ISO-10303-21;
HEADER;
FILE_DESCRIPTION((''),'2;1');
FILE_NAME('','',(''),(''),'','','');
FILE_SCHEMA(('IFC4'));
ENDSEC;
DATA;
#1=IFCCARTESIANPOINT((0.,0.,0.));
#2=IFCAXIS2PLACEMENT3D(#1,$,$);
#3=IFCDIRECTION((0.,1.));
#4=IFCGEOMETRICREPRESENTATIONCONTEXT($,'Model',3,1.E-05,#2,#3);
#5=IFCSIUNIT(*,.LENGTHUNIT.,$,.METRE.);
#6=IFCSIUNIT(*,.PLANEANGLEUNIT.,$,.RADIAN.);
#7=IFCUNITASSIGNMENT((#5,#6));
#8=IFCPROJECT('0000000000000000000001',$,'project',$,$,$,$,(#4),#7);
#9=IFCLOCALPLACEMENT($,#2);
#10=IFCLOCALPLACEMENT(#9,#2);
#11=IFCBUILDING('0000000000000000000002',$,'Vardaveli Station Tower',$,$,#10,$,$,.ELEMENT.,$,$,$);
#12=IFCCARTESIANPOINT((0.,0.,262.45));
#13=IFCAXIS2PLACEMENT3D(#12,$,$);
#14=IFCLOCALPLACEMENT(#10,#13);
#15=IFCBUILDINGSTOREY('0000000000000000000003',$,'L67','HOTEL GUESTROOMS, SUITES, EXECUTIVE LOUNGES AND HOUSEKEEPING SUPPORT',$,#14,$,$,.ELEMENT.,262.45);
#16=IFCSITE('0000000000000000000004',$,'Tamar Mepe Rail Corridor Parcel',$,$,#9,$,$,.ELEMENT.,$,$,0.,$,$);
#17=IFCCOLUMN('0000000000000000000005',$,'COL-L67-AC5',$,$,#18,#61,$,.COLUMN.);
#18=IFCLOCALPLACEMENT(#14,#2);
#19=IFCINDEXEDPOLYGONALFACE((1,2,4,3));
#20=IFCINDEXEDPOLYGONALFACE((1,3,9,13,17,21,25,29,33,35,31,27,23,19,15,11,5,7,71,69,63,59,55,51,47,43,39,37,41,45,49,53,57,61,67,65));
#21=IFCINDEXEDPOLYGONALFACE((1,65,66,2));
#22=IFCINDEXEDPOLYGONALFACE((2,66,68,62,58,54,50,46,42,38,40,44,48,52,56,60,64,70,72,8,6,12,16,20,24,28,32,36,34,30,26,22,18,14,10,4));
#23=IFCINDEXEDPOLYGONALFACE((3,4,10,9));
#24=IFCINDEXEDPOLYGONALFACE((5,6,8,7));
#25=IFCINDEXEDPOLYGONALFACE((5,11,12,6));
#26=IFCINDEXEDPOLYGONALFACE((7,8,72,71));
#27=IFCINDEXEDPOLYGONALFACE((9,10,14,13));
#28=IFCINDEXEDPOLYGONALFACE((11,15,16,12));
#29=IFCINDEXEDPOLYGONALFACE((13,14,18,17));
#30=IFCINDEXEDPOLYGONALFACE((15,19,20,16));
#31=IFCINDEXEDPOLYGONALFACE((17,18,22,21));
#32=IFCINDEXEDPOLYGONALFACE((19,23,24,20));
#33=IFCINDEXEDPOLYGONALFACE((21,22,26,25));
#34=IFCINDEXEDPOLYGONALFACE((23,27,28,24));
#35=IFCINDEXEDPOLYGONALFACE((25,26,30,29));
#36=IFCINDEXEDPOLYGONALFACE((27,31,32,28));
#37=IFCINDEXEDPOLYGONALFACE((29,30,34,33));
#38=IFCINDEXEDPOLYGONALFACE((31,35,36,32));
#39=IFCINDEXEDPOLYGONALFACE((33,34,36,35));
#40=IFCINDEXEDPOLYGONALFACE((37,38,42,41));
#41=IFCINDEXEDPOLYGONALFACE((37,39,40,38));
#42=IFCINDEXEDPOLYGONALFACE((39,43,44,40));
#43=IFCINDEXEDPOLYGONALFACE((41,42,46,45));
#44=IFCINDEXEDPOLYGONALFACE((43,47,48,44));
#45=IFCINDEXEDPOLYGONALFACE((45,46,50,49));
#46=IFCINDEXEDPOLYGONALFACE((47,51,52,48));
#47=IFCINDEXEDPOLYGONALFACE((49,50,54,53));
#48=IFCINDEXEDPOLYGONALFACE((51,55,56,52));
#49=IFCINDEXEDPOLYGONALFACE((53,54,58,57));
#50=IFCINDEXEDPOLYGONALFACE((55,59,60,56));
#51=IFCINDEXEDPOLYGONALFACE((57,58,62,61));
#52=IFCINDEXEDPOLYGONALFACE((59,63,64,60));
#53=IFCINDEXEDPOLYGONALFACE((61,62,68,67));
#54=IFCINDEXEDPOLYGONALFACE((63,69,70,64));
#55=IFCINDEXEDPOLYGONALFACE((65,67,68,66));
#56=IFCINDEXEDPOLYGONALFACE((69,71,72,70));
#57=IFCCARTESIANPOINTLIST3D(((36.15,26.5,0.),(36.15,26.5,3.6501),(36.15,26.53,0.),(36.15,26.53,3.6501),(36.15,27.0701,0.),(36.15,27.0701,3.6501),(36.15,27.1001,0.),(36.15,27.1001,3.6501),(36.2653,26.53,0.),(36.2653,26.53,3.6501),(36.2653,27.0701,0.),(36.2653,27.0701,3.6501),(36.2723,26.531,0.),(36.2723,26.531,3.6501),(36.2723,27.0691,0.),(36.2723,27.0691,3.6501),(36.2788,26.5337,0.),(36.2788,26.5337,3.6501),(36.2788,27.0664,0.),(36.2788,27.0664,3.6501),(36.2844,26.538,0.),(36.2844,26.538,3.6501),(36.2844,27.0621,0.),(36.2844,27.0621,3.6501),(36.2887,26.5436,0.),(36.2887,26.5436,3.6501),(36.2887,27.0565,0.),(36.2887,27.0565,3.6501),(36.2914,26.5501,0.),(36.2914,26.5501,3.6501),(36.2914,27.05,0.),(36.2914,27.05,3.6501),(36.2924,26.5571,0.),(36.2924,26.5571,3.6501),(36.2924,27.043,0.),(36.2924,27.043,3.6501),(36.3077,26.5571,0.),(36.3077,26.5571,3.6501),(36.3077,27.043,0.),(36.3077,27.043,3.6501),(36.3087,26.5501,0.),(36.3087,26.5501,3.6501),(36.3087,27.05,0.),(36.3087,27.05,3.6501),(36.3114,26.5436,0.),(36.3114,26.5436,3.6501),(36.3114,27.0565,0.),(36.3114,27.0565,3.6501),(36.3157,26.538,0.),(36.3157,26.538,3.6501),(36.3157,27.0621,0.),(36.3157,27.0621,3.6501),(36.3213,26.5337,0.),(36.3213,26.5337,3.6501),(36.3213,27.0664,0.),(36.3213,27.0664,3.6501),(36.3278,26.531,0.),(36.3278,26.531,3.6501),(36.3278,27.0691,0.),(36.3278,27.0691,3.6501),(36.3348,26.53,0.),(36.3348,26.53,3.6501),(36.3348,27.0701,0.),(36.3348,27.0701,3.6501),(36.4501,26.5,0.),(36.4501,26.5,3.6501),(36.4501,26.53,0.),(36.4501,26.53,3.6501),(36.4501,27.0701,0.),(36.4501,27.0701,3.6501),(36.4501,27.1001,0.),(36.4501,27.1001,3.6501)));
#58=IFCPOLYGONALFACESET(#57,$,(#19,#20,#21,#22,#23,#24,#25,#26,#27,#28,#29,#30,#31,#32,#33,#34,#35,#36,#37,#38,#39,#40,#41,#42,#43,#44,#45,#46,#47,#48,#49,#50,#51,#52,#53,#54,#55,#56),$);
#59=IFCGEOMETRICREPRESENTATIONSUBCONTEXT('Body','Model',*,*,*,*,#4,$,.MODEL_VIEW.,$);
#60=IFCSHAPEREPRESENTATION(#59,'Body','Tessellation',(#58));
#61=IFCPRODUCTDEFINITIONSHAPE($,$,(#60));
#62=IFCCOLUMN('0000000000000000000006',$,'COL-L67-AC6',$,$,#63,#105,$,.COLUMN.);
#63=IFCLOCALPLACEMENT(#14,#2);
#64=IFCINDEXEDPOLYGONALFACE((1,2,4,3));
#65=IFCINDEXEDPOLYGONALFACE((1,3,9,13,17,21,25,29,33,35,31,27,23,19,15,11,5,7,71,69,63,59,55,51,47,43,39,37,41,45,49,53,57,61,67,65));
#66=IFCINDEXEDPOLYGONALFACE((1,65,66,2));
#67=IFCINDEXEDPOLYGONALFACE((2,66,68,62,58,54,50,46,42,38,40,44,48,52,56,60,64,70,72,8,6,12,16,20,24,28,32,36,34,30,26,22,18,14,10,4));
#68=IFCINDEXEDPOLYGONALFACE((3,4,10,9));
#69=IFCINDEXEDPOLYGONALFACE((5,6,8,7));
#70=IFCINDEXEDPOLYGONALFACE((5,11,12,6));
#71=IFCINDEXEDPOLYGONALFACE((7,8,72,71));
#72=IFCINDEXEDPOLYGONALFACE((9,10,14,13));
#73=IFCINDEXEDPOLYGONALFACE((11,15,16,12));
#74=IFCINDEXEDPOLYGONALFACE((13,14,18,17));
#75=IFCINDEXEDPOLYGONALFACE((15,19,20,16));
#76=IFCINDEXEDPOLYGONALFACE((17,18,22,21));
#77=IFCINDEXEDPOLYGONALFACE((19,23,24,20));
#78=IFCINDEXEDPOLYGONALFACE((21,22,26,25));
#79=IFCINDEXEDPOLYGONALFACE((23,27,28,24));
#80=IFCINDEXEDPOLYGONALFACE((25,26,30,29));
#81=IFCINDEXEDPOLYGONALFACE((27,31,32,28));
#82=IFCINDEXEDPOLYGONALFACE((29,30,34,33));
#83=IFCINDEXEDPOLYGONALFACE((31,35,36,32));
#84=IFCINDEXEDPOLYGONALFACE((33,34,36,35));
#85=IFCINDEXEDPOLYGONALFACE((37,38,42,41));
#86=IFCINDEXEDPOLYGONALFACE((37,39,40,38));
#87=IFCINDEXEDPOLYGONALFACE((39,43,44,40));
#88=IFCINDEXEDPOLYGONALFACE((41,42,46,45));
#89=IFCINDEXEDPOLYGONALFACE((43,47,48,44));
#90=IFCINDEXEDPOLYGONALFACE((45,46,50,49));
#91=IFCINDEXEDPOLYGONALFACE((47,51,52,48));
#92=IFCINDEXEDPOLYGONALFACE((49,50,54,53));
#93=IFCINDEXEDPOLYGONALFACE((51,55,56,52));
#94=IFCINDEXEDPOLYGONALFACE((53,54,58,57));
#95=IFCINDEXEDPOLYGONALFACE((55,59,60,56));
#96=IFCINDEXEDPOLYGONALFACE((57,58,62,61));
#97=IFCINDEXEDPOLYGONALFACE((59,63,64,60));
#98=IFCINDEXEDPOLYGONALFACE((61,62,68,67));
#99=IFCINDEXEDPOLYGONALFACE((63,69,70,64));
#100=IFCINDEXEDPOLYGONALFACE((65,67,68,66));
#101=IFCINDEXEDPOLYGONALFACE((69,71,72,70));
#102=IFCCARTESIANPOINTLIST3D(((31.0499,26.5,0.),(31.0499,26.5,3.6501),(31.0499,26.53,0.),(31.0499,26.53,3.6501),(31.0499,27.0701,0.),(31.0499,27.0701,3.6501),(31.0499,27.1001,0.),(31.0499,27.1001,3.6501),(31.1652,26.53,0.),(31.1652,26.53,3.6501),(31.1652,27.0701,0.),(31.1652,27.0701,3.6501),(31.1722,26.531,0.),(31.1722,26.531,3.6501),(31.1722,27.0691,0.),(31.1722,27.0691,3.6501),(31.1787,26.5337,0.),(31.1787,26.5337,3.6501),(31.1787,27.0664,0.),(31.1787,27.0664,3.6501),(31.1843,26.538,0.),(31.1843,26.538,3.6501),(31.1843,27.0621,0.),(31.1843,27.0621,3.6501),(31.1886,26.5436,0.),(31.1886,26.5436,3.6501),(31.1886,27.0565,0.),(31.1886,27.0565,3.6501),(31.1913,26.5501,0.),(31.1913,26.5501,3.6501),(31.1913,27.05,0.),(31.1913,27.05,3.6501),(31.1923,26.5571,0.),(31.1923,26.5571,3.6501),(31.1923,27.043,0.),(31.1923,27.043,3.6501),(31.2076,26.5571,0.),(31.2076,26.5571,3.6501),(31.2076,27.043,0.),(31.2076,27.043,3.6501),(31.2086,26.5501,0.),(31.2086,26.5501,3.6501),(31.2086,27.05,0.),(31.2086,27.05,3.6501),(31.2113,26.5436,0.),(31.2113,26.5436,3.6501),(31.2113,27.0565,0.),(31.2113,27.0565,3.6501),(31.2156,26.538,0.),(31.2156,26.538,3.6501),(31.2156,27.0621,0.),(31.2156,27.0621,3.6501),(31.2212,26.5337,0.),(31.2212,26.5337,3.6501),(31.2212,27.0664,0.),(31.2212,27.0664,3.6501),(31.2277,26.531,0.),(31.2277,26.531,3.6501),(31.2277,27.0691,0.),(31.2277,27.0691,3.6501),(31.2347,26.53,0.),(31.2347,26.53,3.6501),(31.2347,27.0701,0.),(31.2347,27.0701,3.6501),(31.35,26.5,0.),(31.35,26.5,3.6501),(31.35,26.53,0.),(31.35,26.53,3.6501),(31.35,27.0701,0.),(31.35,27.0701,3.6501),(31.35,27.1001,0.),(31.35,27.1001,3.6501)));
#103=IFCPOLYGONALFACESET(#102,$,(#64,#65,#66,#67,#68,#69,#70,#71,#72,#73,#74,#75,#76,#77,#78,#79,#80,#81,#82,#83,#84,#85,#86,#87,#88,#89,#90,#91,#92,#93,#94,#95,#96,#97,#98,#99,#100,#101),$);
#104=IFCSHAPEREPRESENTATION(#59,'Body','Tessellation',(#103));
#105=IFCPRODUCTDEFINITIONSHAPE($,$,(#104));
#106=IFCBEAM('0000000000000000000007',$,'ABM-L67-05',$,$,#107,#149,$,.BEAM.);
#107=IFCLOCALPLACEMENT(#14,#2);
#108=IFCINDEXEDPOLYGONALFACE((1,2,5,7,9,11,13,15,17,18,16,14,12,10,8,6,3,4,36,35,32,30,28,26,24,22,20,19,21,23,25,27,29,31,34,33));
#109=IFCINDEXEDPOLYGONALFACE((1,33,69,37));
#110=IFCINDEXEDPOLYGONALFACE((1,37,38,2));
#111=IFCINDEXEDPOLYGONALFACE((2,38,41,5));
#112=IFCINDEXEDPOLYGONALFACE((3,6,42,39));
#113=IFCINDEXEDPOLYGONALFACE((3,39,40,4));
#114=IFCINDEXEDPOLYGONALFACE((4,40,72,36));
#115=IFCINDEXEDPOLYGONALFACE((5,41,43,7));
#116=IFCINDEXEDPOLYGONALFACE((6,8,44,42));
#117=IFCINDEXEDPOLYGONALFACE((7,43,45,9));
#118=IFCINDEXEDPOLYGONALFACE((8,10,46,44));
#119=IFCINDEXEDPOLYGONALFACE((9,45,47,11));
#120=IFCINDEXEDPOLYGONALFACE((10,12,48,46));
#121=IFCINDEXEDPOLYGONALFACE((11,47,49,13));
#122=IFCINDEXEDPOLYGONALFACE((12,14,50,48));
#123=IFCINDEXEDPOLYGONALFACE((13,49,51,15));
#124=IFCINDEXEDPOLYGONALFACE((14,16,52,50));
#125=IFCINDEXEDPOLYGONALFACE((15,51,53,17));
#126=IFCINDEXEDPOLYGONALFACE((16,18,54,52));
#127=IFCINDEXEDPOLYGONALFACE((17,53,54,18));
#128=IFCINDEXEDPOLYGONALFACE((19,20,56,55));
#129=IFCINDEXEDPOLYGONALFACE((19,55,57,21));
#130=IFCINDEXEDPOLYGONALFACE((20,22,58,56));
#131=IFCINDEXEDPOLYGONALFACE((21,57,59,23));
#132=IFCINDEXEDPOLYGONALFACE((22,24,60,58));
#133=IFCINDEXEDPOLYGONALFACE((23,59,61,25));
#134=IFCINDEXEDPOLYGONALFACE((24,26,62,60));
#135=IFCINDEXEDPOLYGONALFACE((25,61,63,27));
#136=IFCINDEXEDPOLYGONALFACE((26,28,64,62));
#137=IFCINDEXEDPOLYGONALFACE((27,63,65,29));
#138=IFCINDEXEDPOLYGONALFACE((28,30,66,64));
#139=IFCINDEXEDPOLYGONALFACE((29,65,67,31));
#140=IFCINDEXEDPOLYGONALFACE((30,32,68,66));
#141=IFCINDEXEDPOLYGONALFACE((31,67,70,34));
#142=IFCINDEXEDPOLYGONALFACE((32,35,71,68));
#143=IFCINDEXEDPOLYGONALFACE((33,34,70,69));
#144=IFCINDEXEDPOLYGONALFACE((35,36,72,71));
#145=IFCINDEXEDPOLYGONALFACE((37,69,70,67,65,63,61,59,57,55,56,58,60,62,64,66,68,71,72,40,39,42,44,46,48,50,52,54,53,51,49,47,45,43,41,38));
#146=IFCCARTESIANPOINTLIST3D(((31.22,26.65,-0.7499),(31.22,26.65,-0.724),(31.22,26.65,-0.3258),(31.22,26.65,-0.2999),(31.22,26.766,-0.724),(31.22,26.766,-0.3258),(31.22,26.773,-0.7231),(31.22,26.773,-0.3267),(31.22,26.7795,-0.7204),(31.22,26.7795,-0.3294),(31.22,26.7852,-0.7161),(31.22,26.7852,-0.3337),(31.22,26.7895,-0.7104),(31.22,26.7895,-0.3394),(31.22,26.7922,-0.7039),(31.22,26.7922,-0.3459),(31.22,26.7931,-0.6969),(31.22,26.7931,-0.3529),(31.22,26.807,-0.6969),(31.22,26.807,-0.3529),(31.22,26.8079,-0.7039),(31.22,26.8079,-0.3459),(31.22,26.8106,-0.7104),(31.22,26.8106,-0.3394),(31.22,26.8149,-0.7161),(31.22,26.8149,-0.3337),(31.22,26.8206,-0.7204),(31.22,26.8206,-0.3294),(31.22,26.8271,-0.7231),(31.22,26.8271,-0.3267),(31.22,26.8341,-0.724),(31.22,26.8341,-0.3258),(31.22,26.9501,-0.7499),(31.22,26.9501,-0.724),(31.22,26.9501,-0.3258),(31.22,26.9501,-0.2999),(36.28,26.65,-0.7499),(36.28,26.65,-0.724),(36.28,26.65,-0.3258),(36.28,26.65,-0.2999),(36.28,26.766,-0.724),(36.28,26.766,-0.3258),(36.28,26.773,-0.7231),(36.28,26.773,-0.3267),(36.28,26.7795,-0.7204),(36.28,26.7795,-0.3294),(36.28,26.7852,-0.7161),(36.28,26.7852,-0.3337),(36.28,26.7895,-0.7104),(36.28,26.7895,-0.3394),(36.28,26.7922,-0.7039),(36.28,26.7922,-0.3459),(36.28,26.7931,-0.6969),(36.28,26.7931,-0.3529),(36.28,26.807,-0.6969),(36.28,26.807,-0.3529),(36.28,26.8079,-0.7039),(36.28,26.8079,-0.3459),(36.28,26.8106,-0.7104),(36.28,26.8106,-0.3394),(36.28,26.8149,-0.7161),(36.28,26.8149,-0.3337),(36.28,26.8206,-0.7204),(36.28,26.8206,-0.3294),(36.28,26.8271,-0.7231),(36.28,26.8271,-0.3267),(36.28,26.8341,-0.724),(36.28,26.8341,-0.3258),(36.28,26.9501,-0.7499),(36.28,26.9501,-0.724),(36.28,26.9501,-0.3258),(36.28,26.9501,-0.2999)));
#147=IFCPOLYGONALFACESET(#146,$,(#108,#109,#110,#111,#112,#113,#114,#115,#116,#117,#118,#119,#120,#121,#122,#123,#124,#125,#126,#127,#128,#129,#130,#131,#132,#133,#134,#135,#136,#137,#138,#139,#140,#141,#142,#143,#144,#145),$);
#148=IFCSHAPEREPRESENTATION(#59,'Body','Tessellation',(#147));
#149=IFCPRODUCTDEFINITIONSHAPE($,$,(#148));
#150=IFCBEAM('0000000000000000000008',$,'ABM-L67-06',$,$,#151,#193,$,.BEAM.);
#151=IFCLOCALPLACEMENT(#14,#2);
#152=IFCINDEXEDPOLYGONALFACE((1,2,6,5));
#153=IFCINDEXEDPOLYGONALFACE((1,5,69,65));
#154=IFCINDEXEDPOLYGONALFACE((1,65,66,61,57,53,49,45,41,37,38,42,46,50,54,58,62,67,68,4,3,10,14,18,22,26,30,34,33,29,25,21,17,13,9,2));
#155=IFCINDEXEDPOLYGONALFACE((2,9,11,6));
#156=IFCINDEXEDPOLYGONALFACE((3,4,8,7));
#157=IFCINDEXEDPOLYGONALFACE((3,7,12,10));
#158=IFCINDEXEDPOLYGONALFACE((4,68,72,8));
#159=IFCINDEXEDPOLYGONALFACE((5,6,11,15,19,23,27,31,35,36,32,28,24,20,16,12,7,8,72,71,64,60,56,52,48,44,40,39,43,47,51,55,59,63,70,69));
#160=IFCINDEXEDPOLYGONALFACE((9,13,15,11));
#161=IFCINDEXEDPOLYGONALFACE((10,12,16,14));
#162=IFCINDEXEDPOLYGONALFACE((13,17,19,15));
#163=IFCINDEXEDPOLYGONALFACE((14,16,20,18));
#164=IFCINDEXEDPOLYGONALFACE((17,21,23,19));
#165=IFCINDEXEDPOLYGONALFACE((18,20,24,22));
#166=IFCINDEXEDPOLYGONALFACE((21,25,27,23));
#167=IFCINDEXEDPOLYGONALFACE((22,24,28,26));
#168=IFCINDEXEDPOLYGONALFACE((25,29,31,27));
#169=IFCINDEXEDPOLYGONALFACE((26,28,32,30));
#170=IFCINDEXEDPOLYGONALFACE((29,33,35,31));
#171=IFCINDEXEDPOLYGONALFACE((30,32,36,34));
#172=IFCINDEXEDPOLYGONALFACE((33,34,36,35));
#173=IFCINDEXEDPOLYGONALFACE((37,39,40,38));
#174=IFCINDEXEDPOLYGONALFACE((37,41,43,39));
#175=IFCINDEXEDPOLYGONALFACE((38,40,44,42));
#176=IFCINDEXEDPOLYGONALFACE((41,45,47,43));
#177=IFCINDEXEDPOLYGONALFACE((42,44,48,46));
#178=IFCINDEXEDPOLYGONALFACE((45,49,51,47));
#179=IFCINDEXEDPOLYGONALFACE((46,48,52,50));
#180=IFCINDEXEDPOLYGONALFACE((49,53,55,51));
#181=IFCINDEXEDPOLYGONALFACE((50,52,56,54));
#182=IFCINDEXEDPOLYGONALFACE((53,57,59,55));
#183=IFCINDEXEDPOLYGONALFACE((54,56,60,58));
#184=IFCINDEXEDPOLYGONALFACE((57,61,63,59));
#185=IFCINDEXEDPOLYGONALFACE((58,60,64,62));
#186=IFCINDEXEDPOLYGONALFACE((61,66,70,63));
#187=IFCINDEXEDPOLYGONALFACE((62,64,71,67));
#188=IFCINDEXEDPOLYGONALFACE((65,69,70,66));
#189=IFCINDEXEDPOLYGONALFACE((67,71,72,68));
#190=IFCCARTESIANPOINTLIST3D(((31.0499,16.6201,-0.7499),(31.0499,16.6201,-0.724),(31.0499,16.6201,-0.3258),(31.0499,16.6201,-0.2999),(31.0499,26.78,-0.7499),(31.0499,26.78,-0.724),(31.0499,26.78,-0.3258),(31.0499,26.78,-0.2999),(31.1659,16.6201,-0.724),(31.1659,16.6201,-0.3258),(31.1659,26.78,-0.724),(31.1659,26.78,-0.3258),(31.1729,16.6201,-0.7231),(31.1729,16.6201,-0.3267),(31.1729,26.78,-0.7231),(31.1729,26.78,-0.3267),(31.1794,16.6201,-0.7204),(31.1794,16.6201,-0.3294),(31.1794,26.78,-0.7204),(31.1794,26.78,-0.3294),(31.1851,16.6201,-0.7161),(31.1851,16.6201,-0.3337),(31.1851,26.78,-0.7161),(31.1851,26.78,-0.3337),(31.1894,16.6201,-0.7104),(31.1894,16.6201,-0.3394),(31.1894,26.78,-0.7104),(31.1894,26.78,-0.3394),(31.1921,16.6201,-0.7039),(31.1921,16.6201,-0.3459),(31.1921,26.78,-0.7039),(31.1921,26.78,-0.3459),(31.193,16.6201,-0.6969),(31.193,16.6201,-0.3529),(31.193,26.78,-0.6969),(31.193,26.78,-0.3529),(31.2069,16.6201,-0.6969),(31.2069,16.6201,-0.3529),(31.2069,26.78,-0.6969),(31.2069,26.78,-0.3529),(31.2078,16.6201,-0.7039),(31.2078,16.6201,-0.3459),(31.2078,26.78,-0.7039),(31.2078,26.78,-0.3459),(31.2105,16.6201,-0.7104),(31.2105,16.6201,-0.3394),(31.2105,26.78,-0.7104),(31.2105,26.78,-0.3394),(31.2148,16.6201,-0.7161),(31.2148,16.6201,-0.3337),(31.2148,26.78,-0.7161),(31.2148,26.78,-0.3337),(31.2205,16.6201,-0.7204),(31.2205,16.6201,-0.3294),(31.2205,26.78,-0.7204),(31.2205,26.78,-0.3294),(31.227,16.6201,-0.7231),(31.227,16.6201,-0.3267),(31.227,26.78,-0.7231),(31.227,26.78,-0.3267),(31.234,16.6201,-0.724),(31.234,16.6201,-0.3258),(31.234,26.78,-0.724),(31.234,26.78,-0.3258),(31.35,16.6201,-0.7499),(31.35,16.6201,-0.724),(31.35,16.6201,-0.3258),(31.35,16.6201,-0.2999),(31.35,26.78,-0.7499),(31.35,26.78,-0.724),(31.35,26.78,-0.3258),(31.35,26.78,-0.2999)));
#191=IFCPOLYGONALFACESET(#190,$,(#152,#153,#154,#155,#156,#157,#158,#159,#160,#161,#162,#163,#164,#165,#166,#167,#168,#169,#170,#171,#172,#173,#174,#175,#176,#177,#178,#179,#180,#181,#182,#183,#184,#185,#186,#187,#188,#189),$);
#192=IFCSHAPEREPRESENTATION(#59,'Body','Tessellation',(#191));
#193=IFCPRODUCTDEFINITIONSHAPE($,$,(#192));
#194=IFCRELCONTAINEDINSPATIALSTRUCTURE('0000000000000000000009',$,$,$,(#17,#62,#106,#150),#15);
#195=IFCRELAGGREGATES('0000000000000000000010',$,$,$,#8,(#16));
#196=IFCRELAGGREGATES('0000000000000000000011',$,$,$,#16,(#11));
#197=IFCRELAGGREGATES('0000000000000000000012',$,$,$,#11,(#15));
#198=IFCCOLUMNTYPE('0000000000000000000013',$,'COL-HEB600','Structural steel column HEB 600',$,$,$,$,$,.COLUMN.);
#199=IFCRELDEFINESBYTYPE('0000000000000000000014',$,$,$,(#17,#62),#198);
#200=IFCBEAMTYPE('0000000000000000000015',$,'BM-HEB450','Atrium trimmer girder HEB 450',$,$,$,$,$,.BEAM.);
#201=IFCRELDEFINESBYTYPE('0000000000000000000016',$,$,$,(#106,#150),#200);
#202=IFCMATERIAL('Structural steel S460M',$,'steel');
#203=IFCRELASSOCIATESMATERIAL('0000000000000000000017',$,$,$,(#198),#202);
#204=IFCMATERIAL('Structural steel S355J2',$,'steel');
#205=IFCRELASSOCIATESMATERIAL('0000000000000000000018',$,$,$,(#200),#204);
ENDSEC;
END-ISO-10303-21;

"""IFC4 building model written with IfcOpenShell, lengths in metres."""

from ifc_helpers import new_model, si_unit, direction, frame, origin, origin_2d, place, context, subcontext, project, spatial, i_section, extrude, source, transform, mapped, material, material_profile, profile_set, type_object, element, save


model = new_model("IFC4")

# Units and contexts
model_context = context("Model", 3, precision=1e-05, world=origin(), true_north=direction((0.0, 1.0)))
body_context = subcontext(model_context, "Body", "Model", "MODEL_VIEW")
ifc_project = project(units=[si_unit("LENGTHUNIT", "METRE"), si_unit("PLANEANGLEUNIT", "RADIAN")], contexts=[model_context])

# Site, building, storey
site_placement = place(None, origin())
site = spatial("IfcSite", under=ifc_project, at=site_placement, Name="Tamar Mepe Rail Corridor Parcel", CompositionType="ELEMENT", RefElevation=0.0)
building_placement = place(site_placement, origin())
building = spatial("IfcBuilding", under=site, at=building_placement, Name="Vardaveli Station Tower", CompositionType="ELEMENT")
storey_placement = place(building_placement, frame((0.0, 0.0, 262.45)))
storey = spatial("IfcBuildingStorey", under=building, at=storey_placement, Name="L67", Description="HOTEL GUESTROOMS, SUITES, EXECUTIVE LOUNGES AND HOUSEKEEPING SUPPORT", CompositionType="ELEMENT", Elevation=262.45)

# Columns
ifc_material_1 = material(Name="Structural steel S460M", Category="steel")
ifc_material_profile_1 = material_profile(ifc_material_1, i_section(OverallWidth=0.3, OverallDepth=0.6001, WebThickness=0.0154, FlangeThickness=0.03, FilletRadius=0.0271, at=origin_2d()), Name="HEB 600")
ifc_profile_set_1 = profile_set([ifc_material_profile_1], Name="Structural steel S460M")
column_type = type_object("IfcColumnType", Name="COL-HEB600", Description="Structural steel column HEB 600", PredefinedType="COLUMN", material=ifc_profile_set_1)
shared_shape_1 = source(origin(), body_context, "Body", "SweptSolid", [
    extrude(i_section(OverallWidth=0.3, OverallDepth=0.6001, WebThickness=0.0154, FlangeThickness=0.03, FilletRadius=0.0271, at=origin_2d()), origin(), (0.0, 0.0, 1.0), 3.6501),
])
for number, where, z_axis, x_axis, name in (
    (1, (36.3, 26.8, 0.0), (0.0, 0.0, 1.0), (1.0, 0.0, 0.0), "COL-L67-AC5"),
    (2, (31.2, 26.8, 0.0), (0.0, 0.0, 1.0), (1.0, 0.0, 0.0), "COL-L67-AC6"),
):
    element("IfcColumn", number, at=place(storey_placement, frame(where, z_axis=z_axis, x_axis=x_axis)), inside=storey, type_object=column_type, Name=name, PredefinedType="COLUMN", context=body_context, shape_type="MappedRepresentation", body=[
        mapped(shared_shape_1, transform((0.0, 0.0, 0.0), scale=1.0)),
    ])

# Beams
ifc_material_2 = material(Name="Structural steel S355J2", Category="steel")
ifc_material_profile_2 = material_profile(ifc_material_2, i_section(OverallWidth=0.3, OverallDepth=0.45, WebThickness=0.0139, FlangeThickness=0.0259, FilletRadius=0.0271, at=origin_2d()), Name="HEB 450")
ifc_profile_set_2 = profile_set([ifc_material_profile_2], Name="Structural steel S355J2")
beam_type_1 = type_object("IfcBeamType", Name="BM-HEB450", Description="Atrium trimmer girder HEB 450", PredefinedType="BEAM", material=ifc_profile_set_2)
shared_shape_2 = source(origin(), body_context, "Body", "SweptSolid", [
    extrude(i_section(OverallWidth=0.3, OverallDepth=0.45, WebThickness=0.0139, FlangeThickness=0.0259, FilletRadius=0.0271, at=origin_2d()), origin(), (0.0, 0.0, 1.0), 5.0601),
])
beam_1_placement = place(storey_placement, frame((36.28, 26.8, -0.5249), z_axis=(-1.0, 0.0, 0.0), x_axis=(0.0, -1.0, 0.0)))
element("IfcBeam", 3, at=beam_1_placement, inside=storey, type_object=beam_type_1, Name="ABM-L67-05", PredefinedType="BEAM", context=body_context, shape_type="MappedRepresentation", body=[
    mapped(shared_shape_2, transform((0.0, 0.0, 0.0), scale=1.0)),
])
shared_shape_3 = source(origin(), body_context, "Body", "SweptSolid", [
    extrude(i_section(OverallWidth=0.3, OverallDepth=0.45, WebThickness=0.0139, FlangeThickness=0.0259, FilletRadius=0.0271, at=origin_2d()), origin(), (0.0, 0.0, 1.0), 10.1599),
])
beam_2_placement = place(storey_placement, frame((31.2, 26.78, -0.5249), z_axis=(0.0, -1.0, 0.0), x_axis=(1.0, 0.0, 0.0)))
element("IfcBeam", 4, at=beam_2_placement, inside=storey, type_object=beam_type_1, Name="ABM-L67-06", PredefinedType="BEAM", context=body_context, shape_type="MappedRepresentation", body=[
    mapped(shared_shape_3, transform((0.0, 0.0, 0.0), scale=1.0)),
])

save(model, "model.ifc")
